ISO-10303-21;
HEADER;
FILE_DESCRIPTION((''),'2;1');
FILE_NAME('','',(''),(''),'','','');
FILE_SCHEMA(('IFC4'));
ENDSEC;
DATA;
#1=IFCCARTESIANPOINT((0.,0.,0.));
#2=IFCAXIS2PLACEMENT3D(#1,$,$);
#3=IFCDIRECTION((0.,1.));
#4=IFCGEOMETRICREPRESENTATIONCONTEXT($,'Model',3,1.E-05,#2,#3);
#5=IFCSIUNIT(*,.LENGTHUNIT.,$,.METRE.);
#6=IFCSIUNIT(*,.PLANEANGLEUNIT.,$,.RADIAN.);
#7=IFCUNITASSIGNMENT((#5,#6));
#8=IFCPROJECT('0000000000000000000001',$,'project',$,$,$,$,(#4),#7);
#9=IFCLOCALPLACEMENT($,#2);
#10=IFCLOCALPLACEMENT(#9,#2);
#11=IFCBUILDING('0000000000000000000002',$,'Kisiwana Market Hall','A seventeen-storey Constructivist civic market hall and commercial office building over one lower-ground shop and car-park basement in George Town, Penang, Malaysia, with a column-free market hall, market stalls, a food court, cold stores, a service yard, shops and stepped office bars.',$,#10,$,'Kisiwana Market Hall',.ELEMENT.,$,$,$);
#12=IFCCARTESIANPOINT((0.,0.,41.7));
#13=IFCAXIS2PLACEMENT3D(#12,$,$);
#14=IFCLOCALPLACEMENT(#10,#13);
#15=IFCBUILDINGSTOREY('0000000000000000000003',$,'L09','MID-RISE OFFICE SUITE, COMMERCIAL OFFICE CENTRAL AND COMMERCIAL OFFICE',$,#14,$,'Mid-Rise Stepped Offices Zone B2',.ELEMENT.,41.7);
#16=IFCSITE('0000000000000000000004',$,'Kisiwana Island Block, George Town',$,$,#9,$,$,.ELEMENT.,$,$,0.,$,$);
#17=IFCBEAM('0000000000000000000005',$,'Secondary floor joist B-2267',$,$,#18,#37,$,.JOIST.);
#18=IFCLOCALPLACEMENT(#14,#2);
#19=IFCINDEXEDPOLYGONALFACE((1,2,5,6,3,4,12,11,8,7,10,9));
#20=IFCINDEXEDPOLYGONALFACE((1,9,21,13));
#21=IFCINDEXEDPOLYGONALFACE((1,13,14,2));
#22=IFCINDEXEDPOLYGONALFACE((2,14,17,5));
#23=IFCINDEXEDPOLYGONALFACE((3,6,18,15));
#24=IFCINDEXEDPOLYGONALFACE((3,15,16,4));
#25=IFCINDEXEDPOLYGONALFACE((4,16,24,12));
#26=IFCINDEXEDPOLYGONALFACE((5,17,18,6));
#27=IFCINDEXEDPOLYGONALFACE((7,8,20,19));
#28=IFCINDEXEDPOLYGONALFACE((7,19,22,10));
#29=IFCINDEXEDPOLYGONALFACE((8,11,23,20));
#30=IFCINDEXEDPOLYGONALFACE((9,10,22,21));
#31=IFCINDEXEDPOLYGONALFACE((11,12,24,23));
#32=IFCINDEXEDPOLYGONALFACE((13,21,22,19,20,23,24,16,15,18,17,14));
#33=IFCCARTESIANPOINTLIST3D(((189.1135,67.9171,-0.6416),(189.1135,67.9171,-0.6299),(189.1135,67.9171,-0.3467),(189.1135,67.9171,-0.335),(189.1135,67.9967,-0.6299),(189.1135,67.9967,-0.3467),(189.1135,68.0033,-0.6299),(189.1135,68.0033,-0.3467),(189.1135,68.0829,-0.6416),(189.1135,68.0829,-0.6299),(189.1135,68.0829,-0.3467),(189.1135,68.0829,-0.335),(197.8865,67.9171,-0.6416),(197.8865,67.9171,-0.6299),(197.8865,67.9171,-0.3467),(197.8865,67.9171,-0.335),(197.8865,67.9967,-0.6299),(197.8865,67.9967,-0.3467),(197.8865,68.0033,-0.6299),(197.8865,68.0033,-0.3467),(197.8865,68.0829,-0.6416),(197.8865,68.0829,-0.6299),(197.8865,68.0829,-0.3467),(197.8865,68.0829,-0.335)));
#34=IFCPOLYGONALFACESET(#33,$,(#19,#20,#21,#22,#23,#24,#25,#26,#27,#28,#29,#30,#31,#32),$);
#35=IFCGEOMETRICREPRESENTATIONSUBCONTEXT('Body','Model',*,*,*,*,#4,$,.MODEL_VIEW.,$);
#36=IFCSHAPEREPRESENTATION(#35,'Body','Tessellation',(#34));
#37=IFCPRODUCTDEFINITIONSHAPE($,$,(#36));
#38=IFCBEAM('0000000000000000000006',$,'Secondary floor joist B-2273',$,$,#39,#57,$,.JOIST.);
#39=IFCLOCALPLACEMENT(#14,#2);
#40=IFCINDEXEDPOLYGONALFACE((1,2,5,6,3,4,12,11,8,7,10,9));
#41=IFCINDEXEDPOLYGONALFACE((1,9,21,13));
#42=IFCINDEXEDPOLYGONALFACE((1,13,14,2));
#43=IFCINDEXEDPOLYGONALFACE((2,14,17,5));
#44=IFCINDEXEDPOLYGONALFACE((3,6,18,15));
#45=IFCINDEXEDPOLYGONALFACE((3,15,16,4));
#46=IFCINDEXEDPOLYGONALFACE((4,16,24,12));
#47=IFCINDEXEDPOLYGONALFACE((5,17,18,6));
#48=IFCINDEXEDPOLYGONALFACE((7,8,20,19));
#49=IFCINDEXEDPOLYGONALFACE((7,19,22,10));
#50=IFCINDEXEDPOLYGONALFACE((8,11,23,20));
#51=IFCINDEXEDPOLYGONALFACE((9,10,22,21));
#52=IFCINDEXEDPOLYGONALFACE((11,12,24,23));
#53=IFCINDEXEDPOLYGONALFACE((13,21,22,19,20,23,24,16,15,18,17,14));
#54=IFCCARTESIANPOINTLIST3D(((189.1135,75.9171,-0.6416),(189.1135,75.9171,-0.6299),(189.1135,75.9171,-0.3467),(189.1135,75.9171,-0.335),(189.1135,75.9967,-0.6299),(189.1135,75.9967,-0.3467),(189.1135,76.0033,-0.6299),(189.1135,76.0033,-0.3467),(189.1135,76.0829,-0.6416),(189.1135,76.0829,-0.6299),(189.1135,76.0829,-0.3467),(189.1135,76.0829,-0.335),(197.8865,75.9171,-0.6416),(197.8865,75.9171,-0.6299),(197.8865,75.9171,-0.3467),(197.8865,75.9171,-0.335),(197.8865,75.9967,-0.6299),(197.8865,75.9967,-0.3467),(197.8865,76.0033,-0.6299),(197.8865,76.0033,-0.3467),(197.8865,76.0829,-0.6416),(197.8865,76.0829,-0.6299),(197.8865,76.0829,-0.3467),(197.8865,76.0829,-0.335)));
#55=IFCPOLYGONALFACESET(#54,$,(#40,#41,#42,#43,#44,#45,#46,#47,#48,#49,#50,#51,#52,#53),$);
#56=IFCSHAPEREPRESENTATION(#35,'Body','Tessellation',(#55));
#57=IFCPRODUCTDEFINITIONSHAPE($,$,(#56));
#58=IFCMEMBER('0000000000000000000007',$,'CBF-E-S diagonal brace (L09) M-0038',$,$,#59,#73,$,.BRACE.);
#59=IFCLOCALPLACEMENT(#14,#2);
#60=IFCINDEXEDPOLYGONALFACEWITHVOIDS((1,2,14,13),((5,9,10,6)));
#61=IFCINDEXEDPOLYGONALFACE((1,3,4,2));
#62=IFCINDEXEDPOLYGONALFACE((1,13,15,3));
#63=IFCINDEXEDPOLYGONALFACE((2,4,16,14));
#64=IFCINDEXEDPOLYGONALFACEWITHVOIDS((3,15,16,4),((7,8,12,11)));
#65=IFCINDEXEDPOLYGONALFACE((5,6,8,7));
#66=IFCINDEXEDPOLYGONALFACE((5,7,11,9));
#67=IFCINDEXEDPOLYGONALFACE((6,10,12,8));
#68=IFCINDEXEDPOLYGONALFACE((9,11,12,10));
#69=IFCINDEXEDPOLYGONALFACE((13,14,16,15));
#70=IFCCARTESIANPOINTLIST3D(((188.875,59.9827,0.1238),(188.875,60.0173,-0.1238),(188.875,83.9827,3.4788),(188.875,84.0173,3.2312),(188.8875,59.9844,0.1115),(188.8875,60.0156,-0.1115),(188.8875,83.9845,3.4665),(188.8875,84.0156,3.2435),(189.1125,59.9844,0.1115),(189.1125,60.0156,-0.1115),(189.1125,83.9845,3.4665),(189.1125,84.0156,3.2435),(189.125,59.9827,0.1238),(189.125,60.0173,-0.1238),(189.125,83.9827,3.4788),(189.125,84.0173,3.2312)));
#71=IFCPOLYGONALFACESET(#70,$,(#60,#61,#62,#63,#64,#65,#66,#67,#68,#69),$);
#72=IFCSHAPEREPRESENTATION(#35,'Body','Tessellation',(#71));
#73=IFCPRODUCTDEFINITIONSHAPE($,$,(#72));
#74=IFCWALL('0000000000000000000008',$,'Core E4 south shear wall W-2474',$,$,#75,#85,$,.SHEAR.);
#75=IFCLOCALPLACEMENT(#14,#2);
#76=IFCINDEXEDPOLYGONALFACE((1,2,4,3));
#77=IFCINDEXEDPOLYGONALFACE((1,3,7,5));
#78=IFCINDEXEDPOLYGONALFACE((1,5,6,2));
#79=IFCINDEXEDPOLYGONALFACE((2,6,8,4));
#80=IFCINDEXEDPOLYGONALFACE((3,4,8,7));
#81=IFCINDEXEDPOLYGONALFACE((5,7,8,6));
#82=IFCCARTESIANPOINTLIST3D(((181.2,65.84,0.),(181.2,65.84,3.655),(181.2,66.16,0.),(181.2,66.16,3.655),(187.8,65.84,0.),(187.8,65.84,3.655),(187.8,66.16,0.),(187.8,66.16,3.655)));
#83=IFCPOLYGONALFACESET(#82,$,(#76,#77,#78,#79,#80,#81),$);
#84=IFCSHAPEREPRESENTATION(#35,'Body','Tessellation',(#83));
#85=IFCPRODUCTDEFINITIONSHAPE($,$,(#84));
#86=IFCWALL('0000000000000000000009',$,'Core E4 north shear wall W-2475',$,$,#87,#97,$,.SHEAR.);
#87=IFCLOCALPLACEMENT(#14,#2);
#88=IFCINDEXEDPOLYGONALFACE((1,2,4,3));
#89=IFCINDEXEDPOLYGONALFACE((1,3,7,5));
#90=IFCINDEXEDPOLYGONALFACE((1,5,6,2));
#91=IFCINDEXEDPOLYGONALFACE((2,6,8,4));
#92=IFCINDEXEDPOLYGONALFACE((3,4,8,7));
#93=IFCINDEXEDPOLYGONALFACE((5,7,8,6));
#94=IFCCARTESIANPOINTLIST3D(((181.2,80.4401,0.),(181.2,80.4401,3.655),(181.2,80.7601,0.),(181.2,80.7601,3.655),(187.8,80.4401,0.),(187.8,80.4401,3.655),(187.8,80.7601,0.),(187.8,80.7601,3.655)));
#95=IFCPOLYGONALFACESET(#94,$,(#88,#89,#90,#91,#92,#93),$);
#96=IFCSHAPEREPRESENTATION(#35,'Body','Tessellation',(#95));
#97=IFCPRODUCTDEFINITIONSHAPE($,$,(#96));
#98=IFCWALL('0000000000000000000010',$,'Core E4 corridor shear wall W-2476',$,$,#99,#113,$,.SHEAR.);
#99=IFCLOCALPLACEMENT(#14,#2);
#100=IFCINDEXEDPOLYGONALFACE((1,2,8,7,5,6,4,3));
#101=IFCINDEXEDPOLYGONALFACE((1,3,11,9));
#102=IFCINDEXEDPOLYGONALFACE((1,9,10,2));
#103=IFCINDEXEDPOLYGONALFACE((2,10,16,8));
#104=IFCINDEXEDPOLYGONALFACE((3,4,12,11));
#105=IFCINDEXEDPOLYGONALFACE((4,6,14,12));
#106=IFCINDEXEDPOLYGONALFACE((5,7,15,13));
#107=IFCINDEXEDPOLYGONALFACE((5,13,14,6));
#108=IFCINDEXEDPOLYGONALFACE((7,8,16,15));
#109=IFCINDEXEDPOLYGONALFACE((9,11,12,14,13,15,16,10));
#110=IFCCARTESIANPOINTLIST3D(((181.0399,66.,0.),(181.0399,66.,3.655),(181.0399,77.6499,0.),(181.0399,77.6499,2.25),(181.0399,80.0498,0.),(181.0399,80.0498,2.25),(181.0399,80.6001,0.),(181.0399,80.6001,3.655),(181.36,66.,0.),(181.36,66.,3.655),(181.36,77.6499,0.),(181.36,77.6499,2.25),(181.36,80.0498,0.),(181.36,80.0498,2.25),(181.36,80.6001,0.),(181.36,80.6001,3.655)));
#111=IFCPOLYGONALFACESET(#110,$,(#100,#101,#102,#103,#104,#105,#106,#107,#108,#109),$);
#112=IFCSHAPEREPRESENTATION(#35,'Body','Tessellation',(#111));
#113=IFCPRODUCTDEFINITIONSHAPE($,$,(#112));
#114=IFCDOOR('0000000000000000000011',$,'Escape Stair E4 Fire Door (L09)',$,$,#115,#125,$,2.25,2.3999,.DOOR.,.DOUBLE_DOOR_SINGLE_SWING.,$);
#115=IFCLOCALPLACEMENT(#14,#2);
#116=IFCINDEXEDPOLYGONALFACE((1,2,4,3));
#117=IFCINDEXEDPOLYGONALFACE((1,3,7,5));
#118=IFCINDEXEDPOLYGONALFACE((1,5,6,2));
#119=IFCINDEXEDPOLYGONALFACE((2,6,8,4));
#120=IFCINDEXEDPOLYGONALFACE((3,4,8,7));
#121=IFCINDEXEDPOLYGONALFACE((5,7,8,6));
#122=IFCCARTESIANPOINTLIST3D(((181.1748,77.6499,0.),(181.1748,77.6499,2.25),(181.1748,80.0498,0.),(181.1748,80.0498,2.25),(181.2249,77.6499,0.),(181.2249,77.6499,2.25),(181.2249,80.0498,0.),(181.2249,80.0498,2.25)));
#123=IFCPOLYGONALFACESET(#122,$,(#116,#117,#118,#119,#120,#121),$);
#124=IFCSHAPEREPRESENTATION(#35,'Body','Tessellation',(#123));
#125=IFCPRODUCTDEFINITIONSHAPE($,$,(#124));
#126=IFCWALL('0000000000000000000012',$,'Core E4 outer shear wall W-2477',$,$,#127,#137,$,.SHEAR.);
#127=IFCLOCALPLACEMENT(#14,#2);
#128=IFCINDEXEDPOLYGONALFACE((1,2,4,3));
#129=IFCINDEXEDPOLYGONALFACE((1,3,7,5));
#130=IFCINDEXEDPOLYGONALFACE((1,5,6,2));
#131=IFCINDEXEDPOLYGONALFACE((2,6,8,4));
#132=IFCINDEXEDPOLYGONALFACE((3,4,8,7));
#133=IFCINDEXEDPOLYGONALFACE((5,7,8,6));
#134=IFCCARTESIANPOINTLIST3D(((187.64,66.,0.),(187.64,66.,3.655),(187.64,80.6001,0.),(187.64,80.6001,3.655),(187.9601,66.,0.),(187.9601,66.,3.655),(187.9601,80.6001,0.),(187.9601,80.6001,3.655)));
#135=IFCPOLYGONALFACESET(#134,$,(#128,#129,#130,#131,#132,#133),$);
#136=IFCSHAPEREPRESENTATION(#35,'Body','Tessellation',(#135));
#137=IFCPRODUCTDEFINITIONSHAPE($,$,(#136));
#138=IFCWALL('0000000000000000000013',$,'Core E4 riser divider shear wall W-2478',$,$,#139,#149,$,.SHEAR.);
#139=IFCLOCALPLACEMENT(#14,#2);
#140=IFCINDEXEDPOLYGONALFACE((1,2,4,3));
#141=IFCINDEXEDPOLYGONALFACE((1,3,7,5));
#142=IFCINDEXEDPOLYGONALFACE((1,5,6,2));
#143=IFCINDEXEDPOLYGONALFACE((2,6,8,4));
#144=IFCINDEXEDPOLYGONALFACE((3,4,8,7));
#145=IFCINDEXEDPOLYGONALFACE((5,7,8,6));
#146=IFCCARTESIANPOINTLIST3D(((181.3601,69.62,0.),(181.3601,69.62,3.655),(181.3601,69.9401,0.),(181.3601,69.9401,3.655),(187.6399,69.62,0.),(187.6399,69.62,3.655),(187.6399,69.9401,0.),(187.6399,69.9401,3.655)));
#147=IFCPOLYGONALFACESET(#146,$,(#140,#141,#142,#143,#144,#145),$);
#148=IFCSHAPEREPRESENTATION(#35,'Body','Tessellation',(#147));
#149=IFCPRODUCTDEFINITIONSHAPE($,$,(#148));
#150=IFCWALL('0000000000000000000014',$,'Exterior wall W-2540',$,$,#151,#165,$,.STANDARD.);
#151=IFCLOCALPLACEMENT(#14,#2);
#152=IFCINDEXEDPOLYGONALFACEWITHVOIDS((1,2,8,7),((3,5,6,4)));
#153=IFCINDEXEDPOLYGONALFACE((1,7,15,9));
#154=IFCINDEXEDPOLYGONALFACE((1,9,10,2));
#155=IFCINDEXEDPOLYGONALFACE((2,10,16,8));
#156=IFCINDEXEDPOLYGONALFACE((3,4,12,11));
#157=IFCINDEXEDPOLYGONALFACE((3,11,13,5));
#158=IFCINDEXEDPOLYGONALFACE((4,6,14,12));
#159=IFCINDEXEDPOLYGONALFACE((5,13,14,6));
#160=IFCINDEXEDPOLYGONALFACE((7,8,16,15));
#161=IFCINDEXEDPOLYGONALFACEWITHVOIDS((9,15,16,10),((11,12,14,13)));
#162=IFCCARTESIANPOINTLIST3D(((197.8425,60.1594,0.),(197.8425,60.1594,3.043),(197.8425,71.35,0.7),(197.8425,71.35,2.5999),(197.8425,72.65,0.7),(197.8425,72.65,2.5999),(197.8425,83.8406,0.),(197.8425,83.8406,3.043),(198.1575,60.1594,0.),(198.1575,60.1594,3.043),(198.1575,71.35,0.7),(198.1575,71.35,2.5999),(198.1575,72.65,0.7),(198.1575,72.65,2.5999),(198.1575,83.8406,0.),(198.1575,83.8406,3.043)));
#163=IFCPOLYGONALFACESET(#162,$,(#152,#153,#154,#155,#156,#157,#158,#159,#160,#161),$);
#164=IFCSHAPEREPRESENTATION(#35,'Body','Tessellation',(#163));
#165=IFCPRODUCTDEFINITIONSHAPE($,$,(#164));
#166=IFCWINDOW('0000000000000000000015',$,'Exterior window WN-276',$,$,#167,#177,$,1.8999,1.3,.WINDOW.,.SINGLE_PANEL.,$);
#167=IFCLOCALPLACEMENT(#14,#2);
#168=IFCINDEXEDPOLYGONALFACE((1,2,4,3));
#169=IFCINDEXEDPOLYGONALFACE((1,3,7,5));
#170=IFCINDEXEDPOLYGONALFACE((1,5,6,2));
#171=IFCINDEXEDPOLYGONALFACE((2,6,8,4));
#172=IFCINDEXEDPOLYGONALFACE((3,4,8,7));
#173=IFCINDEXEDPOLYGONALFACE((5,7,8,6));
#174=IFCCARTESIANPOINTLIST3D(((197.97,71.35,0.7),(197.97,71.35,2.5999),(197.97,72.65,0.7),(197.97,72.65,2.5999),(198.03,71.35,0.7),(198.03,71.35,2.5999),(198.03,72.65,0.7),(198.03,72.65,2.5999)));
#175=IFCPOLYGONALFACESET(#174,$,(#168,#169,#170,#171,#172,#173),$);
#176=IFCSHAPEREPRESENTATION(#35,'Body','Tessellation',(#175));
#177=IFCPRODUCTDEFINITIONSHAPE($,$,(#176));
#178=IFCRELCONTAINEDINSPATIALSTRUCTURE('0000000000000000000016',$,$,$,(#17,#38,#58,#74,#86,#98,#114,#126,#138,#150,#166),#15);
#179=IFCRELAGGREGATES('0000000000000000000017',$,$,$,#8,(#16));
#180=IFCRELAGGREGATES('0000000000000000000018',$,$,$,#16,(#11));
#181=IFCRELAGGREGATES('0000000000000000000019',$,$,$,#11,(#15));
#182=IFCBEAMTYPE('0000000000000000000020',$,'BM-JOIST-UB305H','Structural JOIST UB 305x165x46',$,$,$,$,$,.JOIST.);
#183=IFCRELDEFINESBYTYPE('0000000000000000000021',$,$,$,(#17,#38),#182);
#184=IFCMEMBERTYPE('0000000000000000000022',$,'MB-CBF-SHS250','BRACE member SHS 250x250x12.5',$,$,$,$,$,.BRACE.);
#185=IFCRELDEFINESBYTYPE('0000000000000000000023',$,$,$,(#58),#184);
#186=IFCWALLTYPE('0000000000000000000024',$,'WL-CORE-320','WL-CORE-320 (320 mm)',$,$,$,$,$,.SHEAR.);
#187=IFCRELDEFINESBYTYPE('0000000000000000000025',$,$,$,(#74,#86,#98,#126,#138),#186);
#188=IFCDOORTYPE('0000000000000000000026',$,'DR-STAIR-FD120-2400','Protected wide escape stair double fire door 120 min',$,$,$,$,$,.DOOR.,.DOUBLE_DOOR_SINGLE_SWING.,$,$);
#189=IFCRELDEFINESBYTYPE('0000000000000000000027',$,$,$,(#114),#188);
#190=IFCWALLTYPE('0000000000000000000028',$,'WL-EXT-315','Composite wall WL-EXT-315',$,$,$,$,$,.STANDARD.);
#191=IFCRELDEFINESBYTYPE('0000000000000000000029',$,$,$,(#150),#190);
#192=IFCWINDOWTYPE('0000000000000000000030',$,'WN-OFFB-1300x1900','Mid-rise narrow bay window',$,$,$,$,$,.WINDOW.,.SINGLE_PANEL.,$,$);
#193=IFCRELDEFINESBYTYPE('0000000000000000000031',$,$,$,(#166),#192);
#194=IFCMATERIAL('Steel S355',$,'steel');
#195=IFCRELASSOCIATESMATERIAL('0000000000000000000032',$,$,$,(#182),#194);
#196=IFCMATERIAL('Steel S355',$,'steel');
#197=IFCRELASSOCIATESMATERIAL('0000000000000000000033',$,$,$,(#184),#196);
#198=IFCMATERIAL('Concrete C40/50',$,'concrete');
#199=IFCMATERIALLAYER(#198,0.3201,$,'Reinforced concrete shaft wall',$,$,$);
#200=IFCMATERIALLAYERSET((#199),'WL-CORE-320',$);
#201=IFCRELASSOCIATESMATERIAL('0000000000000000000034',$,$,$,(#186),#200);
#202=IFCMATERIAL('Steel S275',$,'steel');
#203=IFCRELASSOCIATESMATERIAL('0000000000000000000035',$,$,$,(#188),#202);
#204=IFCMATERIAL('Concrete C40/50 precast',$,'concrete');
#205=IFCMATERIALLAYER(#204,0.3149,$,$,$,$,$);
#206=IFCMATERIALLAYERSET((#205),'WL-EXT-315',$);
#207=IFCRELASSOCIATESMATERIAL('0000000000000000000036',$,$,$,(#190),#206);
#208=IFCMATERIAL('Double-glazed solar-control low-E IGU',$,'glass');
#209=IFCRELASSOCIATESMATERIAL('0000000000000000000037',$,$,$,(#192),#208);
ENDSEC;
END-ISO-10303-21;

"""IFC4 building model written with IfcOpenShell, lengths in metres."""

from ifc_helpers import new_model, si_unit, direction, frame, frame_2d, origin, origin_2d, place, context, subcontext, project, spatial, rectangle, hollow_rectangle, i_section, extrude, material, layer, layer_set, material_profile, profile_set, type_object, element, fill, save


model = new_model("IFC4")

# Units and contexts
model_context = context("Model", 3, precision=1e-05, world=origin(), true_north=direction((0.0, 1.0)))
body_context = subcontext(model_context, "Body", "Model", "MODEL_VIEW")
ifc_project = project(units=[si_unit("LENGTHUNIT", "METRE"), si_unit("PLANEANGLEUNIT", "RADIAN")], contexts=[model_context])

# Site, building, storey
site_placement = place(None, origin())
site = spatial("IfcSite", under=ifc_project, at=site_placement, Name="Kisiwana Island Block, George Town", CompositionType="ELEMENT", RefElevation=0.0)
building_placement = place(site_placement, origin())
building = spatial("IfcBuilding", under=site, at=building_placement, Name="Kisiwana Market Hall", Description="A seventeen-storey Constructivist civic market hall and commercial office building over one lower-ground shop and car-park basement in George Town, Penang, Malaysia, with a column-free market hall, market stalls, a food court, cold stores, a service yard, shops and stepped office bars.", LongName="Kisiwana Market Hall", CompositionType="ELEMENT")
storey_placement = place(building_placement, frame((0.0, 0.0, 41.7)))
storey = spatial("IfcBuildingStorey", under=building, at=storey_placement, Name="L09", Description="MID-RISE OFFICE SUITE, COMMERCIAL OFFICE CENTRAL AND COMMERCIAL OFFICE", LongName="Mid-Rise Stepped Offices Zone B2", CompositionType="ELEMENT", Elevation=41.7)

# Beams
ifc_material_1 = material(Name="Steel S355", Category="steel")
ifc_material_profile_1 = material_profile(ifc_material_1, i_section(OverallWidth=0.1658, OverallDepth=0.3066, WebThickness=0.0066, FlangeThickness=0.0117, at=origin_2d()), Name="UB 305x165x46")
ifc_profile_set_1 = profile_set([ifc_material_profile_1], Name="Steel S355")
beam_type_1 = type_object("IfcBeamType", Name="BM-JOIST-UB305H", Description="Structural JOIST UB 305x165x46", PredefinedType="JOIST", material=ifc_profile_set_1)
for number, where, z_axis, x_axis, name in (
    (1, (189.1135, 68.0, -0.4883), (1.0, 0.0, 0.0), (0.0, 1.0, 0.0), "Secondary floor joist B-2267"),
    (2, (189.1135, 76.0, -0.4883), (1.0, 0.0, 0.0), (0.0, 1.0, 0.0), "Secondary floor joist B-2273"),
):
    element("IfcBeam", number, at=place(storey_placement, frame(where, z_axis=z_axis, x_axis=x_axis)), inside=storey, type_object=beam_type_1, Name=name, PredefinedType="JOIST", context=body_context, shape_type="SweptSolid", body=[
        extrude(i_section(OverallWidth=0.1658, OverallDepth=0.3066, WebThickness=0.0066, FlangeThickness=0.0117, at=origin_2d()), origin(), (0.0, 0.0, 1.0), 8.7729),
    ])

# Member
ifc_material_2 = material(Name="Steel S355", Category="steel")
ifc_material_profile_2 = material_profile(ifc_material_2, hollow_rectangle(XDim=0.25, YDim=0.25, WallThickness=0.0125, at=origin_2d()), Name="SHS 250x250x12.5")
ifc_profile_set_2 = profile_set([ifc_material_profile_2], Name="Steel S355")
member_type = type_object("IfcMemberType", Name="MB-CBF-SHS250", Description="BRACE member SHS 250x250x12.5", PredefinedType="BRACE", material=ifc_profile_set_2)
member_placement = place(storey_placement, frame((189.0, 60.0, 0.0), z_axis=(0.0, 0.99037, 0.138445), x_axis=(-1.0, 0.0, 0.0)))
element("IfcMember", 3, at=member_placement, inside=storey, type_object=member_type, Name="CBF-E-S diagonal brace (L09) M-0038", PredefinedType="BRACE", context=body_context, shape_type="SweptSolid", body=[
    extrude(hollow_rectangle(XDim=0.25, YDim=0.25, WallThickness=0.0125, at=origin_2d()), origin(), (0.0, 0.0, 1.0), 24.2334),
])

# Walls
ifc_material_3 = material(Name="Concrete C40/50", Category="concrete")
ifc_layer_1 = layer(ifc_material_3, 0.3201, Name="Reinforced concrete shaft wall")
ifc_layer_set_1 = layer_set([ifc_layer_1], Name="WL-CORE-320")
wall_type_1 = type_object("IfcWallType", Name="WL-CORE-320", Description="WL-CORE-320 (320 mm)", PredefinedType="SHEAR", material=ifc_layer_set_1)
for number, where, z_axis, x_axis, name in (
    (4, (181.2, 66.0, 0.0), (0.0, 0.0, 1.0), (1.0, 0.0, 0.0), "Core E4 south shear wall W-2474"),
    (5, (181.2, 80.6001, 0.0), (0.0, 0.0, 1.0), (1.0, 0.0, 0.0), "Core E4 north shear wall W-2475"),
):
    element("IfcWall", number, at=place(storey_placement, frame(where, z_axis=z_axis, x_axis=x_axis)), inside=storey, type_object=wall_type_1, Name=name, PredefinedType="SHEAR", context=body_context, shape_type="SweptSolid", body=[
        extrude(rectangle(XDim=6.6001, YDim=0.3201, at=frame_2d((3.3, 0.0))), origin(), (0.0, 0.0, 1.0), 3.655),
    ])

# Wall, opening, door
wall_1_placement = place(storey_placement, frame((181.2, 66.0, 0.0), z_axis=(0.0, 0.0, 1.0), x_axis=(0.0, 1.0, 0.0)))
wall_1 = element("IfcWall", 6, at=wall_1_placement, inside=storey, type_object=wall_type_1, Name="Core E4 corridor shear wall W-2476", PredefinedType="SHEAR", context=body_context, shape_type="SweptSolid", body=[
    extrude(rectangle(XDim=14.6001, YDim=0.3201, at=frame_2d((7.3, 0.0))), origin(), (0.0, 0.0, 1.0), 3.655),
])
opening_1_placement = place(wall_1_placement, frame((11.6499, 0.0, 0.0)))
opening_1 = element("IfcOpeningElement", 7, at=opening_1_placement, cuts=wall_1, PredefinedType="OPENING", context=body_context, shape_type="SweptSolid", body=[
    extrude(rectangle(XDim=2.3999, YDim=2.25, at=frame_2d((1.2, 1.125))), frame((0.0, 0.1719, 0.0), z_axis=(0.0, -1.0, 0.0), x_axis=(1.0, 0.0, 0.0)), (0.0, 0.0, 1.0), 0.344),
])
ifc_material_4 = material(Name="Steel S275", Category="steel")
door_type_1 = type_object("IfcDoorType", Name="DR-STAIR-FD120-2400", Description="Protected wide escape stair double fire door 120 min", OperationType="DOUBLE_DOOR_SINGLE_SWING", PredefinedType="DOOR", material=ifc_material_4)
door_1_placement = place(opening_1_placement, frame((2.3999, 0.0, 0.0), z_axis=(0.0, 0.0, 1.0), x_axis=(-1.0, 0.0, 0.0)))
door_1 = element("IfcDoor", 8, at=door_1_placement, inside=storey, type_object=door_type_1, Name="Escape Stair E4 Fire Door (L09)", OperationType="DOUBLE_DOOR_SINGLE_SWING", OverallHeight=2.25, OverallWidth=2.3999, PredefinedType="DOOR", context=body_context, shape_type="SweptSolid", body=[
    extrude(rectangle(XDim=2.3999, YDim=2.25, at=frame_2d((1.2, 1.125))), frame((0.0, 0.0249, 0.0), z_axis=(0.0, -1.0, 0.0), x_axis=(1.0, 0.0, 0.0)), (0.0, 0.0, 1.0), 0.05),
])
fill(opening_1, door_1)

# Walls
wall_2_placement = place(storey_placement, frame((187.8, 66.0, 0.0), z_axis=(0.0, 0.0, 1.0), x_axis=(0.0, 1.0, 0.0)))
element("IfcWall", 9, at=wall_2_placement, inside=storey, type_object=wall_type_1, Name="Core E4 outer shear wall W-2477", PredefinedType="SHEAR", context=body_context, shape_type="SweptSolid", body=[
    extrude(rectangle(XDim=14.6001, YDim=0.3201, at=frame_2d((7.3, 0.0))), origin(), (0.0, 0.0, 1.0), 3.655),
])
wall_3_placement = place(storey_placement, frame((181.3601, 69.78, 0.0), z_axis=(0.0, 0.0, 1.0), x_axis=(1.0, 0.0, 0.0)))
element("IfcWall", 10, at=wall_3_placement, inside=storey, type_object=wall_type_1, Name="Core E4 riser divider shear wall W-2478", PredefinedType="SHEAR", context=body_context, shape_type="SweptSolid", body=[
    extrude(rectangle(XDim=6.2798, YDim=0.3201, at=frame_2d((3.1399, 0.0))), origin(), (0.0, 0.0, 1.0), 3.655),
])

# Wall, opening, window
ifc_material_5 = material(Name="Concrete C40/50 precast", Category="concrete")
ifc_layer_2 = layer(ifc_material_5, 0.3149)
ifc_layer_set_2 = layer_set([ifc_layer_2], Name="WL-EXT-315")
wall_type_2 = type_object("IfcWallType", Name="WL-EXT-315", Description="Composite wall WL-EXT-315", PredefinedType="STANDARD", material=ifc_layer_set_2)
wall_4_placement = place(storey_placement, frame((198.0, 60.1594, 0.0), z_axis=(0.0, 0.0, 1.0), x_axis=(0.0, 1.0, 0.0)))
wall_4 = element("IfcWall", 11, at=wall_4_placement, inside=storey, type_object=wall_type_2, Name="Exterior wall W-2540", PredefinedType="STANDARD", context=body_context, shape_type="SweptSolid", body=[
    extrude(rectangle(XDim=23.6812, YDim=0.3149, at=frame_2d((11.8406, 0.0))), origin(), (0.0, 0.0, 1.0), 3.043),
])
opening_2_placement = place(wall_4_placement, frame((11.1907, 0.0, 0.7)))
opening_2 = element("IfcOpeningElement", 12, at=opening_2_placement, cuts=wall_4, PredefinedType="OPENING", context=body_context, shape_type="SweptSolid", body=[
    extrude(rectangle(XDim=1.3, YDim=1.8999, at=frame_2d((0.6499, 0.95))), frame((0.0, 0.1694, 0.0), z_axis=(0.0, -1.0, 0.0), x_axis=(1.0, 0.0, 0.0)), (0.0, 0.0, 1.0), 0.3389),
])
ifc_material_6 = material(Name="Double-glazed solar-control low-E IGU", Category="glass")
window_type = type_object("IfcWindowType", Name="WN-OFFB-1300x1900", Description="Mid-rise narrow bay window", PartitioningType="SINGLE_PANEL", PredefinedType="WINDOW", material=ifc_material_6)
window_placement = place(opening_2_placement, origin())
window = element("IfcWindow", 13, at=window_placement, inside=storey, type_object=window_type, Name="Exterior window WN-276", OverallHeight=1.8999, OverallWidth=1.3, PartitioningType="SINGLE_PANEL", PredefinedType="WINDOW", context=body_context, shape_type="SweptSolid", body=[
    extrude(rectangle(XDim=1.3, YDim=1.8999, at=frame_2d((0.6499, 0.95))), frame((0.0, 0.03, 0.0), z_axis=(0.0, -1.0, 0.0), x_axis=(1.0, 0.0, 0.0)), (0.0, 0.0, 1.0), 0.0601),
])
fill(opening_2, window)

save(model, "model.ifc")
